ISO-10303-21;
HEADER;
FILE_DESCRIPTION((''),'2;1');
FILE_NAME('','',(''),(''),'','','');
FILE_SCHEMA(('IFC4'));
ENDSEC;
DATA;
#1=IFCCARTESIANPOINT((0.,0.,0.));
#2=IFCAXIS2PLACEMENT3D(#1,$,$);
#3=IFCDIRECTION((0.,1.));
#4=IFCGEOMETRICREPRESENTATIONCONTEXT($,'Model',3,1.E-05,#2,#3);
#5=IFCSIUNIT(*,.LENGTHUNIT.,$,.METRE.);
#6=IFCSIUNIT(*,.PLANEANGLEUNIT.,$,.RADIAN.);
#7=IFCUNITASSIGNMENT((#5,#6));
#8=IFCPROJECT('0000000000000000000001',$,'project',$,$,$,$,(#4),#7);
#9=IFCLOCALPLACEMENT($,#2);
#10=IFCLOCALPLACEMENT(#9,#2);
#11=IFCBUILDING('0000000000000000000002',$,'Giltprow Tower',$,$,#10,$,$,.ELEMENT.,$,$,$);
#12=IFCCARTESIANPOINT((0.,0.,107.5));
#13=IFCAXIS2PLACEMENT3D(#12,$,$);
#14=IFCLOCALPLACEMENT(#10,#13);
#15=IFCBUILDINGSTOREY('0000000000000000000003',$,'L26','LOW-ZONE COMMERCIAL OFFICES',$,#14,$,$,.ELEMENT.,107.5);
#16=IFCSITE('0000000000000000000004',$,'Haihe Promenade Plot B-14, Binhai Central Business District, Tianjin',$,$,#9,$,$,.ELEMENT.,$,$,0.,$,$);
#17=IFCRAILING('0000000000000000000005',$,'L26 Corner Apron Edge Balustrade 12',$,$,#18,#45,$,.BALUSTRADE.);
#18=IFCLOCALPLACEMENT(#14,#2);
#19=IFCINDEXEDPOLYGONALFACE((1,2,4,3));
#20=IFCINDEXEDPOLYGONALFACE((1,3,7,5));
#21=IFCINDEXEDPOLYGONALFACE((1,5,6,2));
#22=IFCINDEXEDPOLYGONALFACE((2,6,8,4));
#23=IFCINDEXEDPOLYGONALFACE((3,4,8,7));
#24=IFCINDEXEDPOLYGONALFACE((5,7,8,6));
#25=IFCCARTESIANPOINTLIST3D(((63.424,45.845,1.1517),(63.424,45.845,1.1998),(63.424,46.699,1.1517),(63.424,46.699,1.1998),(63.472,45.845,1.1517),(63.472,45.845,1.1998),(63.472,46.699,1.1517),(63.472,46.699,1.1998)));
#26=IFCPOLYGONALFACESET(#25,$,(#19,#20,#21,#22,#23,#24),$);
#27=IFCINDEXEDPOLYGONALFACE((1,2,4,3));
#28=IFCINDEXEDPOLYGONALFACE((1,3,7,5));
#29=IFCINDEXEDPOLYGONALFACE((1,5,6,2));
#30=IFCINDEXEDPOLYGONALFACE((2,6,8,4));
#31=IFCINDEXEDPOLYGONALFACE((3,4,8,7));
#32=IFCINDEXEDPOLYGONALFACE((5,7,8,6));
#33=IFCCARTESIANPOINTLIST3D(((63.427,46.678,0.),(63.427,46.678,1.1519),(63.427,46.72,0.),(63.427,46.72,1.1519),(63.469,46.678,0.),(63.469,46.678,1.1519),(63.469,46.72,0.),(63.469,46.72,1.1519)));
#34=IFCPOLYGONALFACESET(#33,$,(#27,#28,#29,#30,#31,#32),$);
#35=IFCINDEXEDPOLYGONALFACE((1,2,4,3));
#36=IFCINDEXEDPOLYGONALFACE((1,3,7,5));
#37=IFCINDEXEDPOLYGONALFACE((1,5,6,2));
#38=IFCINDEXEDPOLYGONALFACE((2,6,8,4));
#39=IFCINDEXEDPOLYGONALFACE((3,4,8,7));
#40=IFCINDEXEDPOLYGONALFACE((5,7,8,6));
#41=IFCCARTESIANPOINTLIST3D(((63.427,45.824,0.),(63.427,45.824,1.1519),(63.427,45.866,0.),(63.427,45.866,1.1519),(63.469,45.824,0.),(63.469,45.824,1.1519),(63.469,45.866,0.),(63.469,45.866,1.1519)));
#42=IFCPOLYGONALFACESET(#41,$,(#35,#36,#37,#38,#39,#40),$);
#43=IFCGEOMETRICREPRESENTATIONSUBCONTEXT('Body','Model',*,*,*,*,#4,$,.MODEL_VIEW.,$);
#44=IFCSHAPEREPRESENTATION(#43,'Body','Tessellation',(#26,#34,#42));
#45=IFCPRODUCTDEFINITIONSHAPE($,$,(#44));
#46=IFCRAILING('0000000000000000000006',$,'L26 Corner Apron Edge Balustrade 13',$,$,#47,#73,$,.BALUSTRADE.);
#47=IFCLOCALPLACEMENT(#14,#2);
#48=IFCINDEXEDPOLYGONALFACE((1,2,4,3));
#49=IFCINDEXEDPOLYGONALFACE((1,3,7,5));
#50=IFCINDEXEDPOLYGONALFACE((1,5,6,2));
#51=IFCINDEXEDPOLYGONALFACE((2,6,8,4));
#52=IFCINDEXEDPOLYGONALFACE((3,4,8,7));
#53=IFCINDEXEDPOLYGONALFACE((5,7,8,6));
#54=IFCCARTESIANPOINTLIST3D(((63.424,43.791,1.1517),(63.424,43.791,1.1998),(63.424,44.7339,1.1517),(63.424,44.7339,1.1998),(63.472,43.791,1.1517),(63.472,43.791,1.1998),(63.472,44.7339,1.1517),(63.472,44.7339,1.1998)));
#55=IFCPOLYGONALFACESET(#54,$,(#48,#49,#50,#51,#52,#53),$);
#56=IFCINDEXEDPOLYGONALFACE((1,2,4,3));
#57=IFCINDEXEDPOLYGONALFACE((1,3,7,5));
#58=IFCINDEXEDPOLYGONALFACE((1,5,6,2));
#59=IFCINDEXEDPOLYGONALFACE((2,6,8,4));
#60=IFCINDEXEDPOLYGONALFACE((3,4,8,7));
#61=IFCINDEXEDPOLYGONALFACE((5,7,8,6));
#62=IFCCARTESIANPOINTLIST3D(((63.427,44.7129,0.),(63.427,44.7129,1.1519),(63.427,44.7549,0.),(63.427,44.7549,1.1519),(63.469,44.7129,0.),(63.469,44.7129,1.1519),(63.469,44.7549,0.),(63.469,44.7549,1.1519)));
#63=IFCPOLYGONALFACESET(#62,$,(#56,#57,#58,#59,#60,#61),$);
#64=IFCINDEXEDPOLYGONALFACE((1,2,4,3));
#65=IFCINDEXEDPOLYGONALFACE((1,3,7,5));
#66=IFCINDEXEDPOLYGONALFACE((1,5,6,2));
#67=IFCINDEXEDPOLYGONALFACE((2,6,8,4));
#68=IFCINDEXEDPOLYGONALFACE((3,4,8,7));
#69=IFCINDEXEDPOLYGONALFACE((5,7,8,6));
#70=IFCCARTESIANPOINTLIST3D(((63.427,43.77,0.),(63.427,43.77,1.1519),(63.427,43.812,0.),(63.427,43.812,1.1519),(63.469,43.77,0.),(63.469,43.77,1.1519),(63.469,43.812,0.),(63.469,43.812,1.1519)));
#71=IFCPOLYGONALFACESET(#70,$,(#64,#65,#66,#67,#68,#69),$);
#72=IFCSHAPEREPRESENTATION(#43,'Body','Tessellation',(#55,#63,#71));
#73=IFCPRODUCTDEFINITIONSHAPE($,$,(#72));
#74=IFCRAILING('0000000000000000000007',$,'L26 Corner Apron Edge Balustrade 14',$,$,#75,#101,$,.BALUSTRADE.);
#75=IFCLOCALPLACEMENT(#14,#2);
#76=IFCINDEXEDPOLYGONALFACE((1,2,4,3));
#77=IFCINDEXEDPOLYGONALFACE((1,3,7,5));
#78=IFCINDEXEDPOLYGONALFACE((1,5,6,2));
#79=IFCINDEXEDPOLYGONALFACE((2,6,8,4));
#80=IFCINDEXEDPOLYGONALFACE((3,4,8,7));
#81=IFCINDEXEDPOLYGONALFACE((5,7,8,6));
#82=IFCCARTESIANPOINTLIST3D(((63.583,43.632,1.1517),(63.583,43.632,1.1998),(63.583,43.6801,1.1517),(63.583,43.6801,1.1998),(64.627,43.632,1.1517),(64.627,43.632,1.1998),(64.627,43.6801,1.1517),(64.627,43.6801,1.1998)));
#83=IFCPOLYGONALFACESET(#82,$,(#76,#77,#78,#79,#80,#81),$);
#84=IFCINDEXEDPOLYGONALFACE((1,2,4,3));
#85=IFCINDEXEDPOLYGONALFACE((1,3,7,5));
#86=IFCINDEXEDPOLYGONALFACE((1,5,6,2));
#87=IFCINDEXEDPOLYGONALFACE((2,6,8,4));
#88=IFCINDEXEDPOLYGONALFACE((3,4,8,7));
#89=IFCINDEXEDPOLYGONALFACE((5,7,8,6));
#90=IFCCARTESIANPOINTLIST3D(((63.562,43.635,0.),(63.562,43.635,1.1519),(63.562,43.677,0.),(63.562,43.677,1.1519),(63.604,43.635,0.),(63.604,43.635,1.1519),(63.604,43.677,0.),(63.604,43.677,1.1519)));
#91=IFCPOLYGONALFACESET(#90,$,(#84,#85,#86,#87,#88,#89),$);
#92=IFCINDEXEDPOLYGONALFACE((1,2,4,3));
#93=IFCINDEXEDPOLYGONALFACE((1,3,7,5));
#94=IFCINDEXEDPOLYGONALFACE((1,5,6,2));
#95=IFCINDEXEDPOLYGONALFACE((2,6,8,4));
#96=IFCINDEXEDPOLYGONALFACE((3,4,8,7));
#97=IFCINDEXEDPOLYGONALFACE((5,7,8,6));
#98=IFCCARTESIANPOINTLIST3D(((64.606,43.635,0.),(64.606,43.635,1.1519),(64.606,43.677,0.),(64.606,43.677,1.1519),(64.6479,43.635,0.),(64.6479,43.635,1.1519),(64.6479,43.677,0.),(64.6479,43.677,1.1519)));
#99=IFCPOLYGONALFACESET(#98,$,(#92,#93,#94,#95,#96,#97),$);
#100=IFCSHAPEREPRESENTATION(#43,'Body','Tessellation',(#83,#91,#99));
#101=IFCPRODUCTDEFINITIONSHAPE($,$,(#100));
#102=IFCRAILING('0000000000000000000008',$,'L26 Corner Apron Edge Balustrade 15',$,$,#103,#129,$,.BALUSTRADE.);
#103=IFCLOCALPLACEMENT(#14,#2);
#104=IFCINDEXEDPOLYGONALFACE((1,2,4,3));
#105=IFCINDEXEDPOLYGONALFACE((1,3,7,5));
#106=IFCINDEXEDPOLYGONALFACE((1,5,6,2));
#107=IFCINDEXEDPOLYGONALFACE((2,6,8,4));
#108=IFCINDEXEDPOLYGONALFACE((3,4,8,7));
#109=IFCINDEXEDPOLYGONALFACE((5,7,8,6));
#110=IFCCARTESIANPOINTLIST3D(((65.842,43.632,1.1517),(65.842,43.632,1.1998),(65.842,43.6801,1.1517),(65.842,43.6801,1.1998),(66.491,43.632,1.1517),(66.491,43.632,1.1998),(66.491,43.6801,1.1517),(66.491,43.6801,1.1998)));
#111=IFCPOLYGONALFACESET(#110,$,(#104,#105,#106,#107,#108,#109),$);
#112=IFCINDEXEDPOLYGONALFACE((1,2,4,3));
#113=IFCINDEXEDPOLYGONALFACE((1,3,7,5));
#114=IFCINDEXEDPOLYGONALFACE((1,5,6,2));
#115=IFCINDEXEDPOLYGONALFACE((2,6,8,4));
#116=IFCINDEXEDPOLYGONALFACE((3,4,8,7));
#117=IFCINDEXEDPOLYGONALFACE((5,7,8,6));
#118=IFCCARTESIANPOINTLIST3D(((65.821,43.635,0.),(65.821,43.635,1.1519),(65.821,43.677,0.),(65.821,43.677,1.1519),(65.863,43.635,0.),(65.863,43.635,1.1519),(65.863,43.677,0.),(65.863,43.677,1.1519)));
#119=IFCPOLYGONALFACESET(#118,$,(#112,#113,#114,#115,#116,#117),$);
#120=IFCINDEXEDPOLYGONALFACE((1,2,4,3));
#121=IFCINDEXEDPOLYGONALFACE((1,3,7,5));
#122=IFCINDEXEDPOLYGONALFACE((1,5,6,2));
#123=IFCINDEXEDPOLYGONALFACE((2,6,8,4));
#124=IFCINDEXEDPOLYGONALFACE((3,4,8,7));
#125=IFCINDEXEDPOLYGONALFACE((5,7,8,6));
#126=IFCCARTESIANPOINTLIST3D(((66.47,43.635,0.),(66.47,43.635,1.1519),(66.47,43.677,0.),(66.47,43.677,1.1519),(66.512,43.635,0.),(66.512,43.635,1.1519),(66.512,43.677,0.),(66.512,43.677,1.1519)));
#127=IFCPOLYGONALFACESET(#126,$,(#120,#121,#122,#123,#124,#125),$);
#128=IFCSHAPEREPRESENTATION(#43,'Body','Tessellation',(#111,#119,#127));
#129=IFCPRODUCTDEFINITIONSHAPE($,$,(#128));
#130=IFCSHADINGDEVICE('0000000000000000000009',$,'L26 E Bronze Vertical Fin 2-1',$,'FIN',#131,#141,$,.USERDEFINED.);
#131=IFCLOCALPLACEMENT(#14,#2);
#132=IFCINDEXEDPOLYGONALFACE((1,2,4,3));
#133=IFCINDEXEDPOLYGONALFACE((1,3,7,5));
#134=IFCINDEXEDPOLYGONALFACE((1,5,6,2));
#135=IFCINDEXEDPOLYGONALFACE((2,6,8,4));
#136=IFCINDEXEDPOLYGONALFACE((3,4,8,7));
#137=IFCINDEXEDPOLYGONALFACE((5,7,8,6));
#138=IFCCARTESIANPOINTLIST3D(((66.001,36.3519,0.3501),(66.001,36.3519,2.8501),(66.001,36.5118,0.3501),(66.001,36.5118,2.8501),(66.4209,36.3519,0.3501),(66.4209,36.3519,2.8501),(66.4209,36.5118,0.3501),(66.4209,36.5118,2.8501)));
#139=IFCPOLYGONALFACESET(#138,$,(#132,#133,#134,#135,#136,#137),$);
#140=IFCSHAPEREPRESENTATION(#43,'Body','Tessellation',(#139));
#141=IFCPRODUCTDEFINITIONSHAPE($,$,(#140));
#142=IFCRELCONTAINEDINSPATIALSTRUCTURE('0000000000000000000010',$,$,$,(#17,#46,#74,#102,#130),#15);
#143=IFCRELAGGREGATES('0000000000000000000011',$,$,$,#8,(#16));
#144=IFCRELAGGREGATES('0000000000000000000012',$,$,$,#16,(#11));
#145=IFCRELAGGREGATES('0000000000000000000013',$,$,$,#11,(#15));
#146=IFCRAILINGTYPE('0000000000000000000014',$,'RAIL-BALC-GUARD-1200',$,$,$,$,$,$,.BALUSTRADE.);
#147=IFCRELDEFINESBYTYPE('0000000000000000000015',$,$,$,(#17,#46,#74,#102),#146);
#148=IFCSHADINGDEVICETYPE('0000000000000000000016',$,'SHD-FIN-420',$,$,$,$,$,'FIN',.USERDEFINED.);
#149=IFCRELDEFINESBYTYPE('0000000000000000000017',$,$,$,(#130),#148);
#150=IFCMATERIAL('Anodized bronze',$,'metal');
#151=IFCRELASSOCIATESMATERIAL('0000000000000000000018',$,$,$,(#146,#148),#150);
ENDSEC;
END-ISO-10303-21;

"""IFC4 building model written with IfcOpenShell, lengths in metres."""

from ifc_helpers import new_model, si_unit, direction, frame, origin, origin_2d, place, context, subcontext, project, spatial, rectangle, extrude, source, transform, mapped, material, type_object, element, save


model = new_model("IFC4")

# Units and contexts
model_context = context("Model", 3, precision=1e-05, world=origin(), true_north=direction((0.0, 1.0)))
body_context = subcontext(model_context, "Body", "Model", "MODEL_VIEW")
ifc_project = project(units=[si_unit("LENGTHUNIT", "METRE"), si_unit("PLANEANGLEUNIT", "RADIAN")], contexts=[model_context])

# Site, building, storey
site_placement = place(None, origin())
site = spatial("IfcSite", under=ifc_project, at=site_placement, Name="Haihe Promenade Plot B-14, Binhai Central Business District, Tianjin", CompositionType="ELEMENT", RefElevation=0.0)
building_placement = place(site_placement, origin())
building = spatial("IfcBuilding", under=site, at=building_placement, Name="Giltprow Tower", CompositionType="ELEMENT")
storey_placement = place(building_placement, frame((0.0, 0.0, 107.5)))
storey = spatial("IfcBuildingStorey", under=building, at=storey_placement, Name="L26", Description="LOW-ZONE COMMERCIAL OFFICES", CompositionType="ELEMENT", Elevation=107.5)

# Railings
ifc_material_1 = material(Name="Anodized bronze", Category="metal")
railing_type = type_object("IfcRailingType", Name="RAIL-BALC-GUARD-1200", PredefinedType="BALUSTRADE", material=ifc_material_1)
railing_1_placement = place(storey_placement, frame((63.448, 46.699, 0.0)))
element("IfcRailing", 1, at=railing_1_placement, inside=storey, type_object=railing_type, Name="L26 Corner Apron Edge Balustrade 12", PredefinedType="BALUSTRADE", context=body_context, shape_type="SweptSolid", body=[
    extrude(rectangle(XDim=0.0481, YDim=0.0481, at=origin_2d()), frame((0.0, 0.0, 1.1758), z_axis=(0.0, -1.0, 0.0), x_axis=(1.0, 0.0, 0.0)), (0.0, 0.0, 1.0), 0.854),
    extrude(rectangle(XDim=0.042, YDim=0.042, at=origin_2d()), origin(), (0.0, 0.0, 1.0), 1.1519),
    extrude(rectangle(XDim=0.042, YDim=0.042, at=origin_2d()), frame((0.0, -0.854, 0.0)), (0.0, 0.0, 1.0), 1.1519),
])
railing_2_placement = place(storey_placement, frame((63.448, 44.7339, 0.0)))
element("IfcRailing", 2, at=railing_2_placement, inside=storey, type_object=railing_type, Name="L26 Corner Apron Edge Balustrade 13", PredefinedType="BALUSTRADE", context=body_context, shape_type="SweptSolid", body=[
    extrude(rectangle(XDim=0.0481, YDim=0.0481, at=origin_2d()), frame((0.0, 0.0, 1.1758), z_axis=(0.0, -1.0, 0.0), x_axis=(1.0, 0.0, 0.0)), (0.0, 0.0, 1.0), 0.9429),
    extrude(rectangle(XDim=0.042, YDim=0.042, at=origin_2d()), origin(), (0.0, 0.0, 1.0), 1.1519),
    extrude(rectangle(XDim=0.042, YDim=0.042, at=origin_2d()), frame((0.0, -0.9429, 0.0)), (0.0, 0.0, 1.0), 1.1519),
])
railing_3_placement = place(storey_placement, frame((63.583, 43.656, 0.0)))
element("IfcRailing", 3, at=railing_3_placement, inside=storey, type_object=railing_type, Name="L26 Corner Apron Edge Balustrade 14", PredefinedType="BALUSTRADE", context=body_context, shape_type="SweptSolid", body=[
    extrude(rectangle(XDim=0.0481, YDim=0.0481, at=origin_2d()), frame((0.0, 0.0, 1.1758), z_axis=(1.0, 0.0, 0.0), x_axis=(0.0, 1.0, 0.0)), (0.0, 0.0, 1.0), 1.0439),
    extrude(rectangle(XDim=0.042, YDim=0.042, at=origin_2d()), origin(), (0.0, 0.0, 1.0), 1.1519),
    extrude(rectangle(XDim=0.042, YDim=0.042, at=origin_2d()), frame((1.0439, 0.0, 0.0)), (0.0, 0.0, 1.0), 1.1519),
])
railing_4_placement = place(storey_placement, frame((65.842, 43.656, 0.0)))
element("IfcRailing", 4, at=railing_4_placement, inside=storey, type_object=railing_type, Name="L26 Corner Apron Edge Balustrade 15", PredefinedType="BALUSTRADE", context=body_context, shape_type="SweptSolid", body=[
    extrude(rectangle(XDim=0.0481, YDim=0.0481, at=origin_2d()), frame((0.0, 0.0, 1.1758), z_axis=(1.0, 0.0, 0.0), x_axis=(0.0, 1.0, 0.0)), (0.0, 0.0, 1.0), 0.6489),
    extrude(rectangle(XDim=0.042, YDim=0.042, at=origin_2d()), origin(), (0.0, 0.0, 1.0), 1.1519),
    extrude(rectangle(XDim=0.042, YDim=0.042, at=origin_2d()), frame((0.6489, 0.0, 0.0)), (0.0, 0.0, 1.0), 1.1519),
])

# Shading device
shading_device_type = type_object("IfcShadingDeviceType", Name="SHD-FIN-420", ElementType="FIN", PredefinedType="USERDEFINED", material=ifc_material_1)
shared_shape_1 = source(origin(), body_context, "Body", "SweptSolid", [
    extrude(rectangle(XDim=0.4199, YDim=0.1599, at=origin_2d()), origin(), (0.0, 0.0, 1.0), 2.5),
])
shading_device_placement = place(storey_placement, frame((66.2109, 36.4319, 0.3501), z_axis=(0.0, 0.0, 1.0), x_axis=(1.0, 0.0, 0.0)))
element("IfcShadingDevice", 5, at=shading_device_placement, inside=storey, type_object=shading_device_type, Name="L26 E Bronze Vertical Fin 2-1", ObjectType="FIN", PredefinedType="USERDEFINED", context=body_context, shape_type="MappedRepresentation", body=[
    mapped(shared_shape_1, transform((0.0, 0.0, 0.0), x_axis=(1.0, 0.0, 0.0), y_axis=(0.0, 1.0, 0.0), z_axis=(0.0, 0.0, 1.0), scale=1.0)),
])

save(model, "model.ifc")
